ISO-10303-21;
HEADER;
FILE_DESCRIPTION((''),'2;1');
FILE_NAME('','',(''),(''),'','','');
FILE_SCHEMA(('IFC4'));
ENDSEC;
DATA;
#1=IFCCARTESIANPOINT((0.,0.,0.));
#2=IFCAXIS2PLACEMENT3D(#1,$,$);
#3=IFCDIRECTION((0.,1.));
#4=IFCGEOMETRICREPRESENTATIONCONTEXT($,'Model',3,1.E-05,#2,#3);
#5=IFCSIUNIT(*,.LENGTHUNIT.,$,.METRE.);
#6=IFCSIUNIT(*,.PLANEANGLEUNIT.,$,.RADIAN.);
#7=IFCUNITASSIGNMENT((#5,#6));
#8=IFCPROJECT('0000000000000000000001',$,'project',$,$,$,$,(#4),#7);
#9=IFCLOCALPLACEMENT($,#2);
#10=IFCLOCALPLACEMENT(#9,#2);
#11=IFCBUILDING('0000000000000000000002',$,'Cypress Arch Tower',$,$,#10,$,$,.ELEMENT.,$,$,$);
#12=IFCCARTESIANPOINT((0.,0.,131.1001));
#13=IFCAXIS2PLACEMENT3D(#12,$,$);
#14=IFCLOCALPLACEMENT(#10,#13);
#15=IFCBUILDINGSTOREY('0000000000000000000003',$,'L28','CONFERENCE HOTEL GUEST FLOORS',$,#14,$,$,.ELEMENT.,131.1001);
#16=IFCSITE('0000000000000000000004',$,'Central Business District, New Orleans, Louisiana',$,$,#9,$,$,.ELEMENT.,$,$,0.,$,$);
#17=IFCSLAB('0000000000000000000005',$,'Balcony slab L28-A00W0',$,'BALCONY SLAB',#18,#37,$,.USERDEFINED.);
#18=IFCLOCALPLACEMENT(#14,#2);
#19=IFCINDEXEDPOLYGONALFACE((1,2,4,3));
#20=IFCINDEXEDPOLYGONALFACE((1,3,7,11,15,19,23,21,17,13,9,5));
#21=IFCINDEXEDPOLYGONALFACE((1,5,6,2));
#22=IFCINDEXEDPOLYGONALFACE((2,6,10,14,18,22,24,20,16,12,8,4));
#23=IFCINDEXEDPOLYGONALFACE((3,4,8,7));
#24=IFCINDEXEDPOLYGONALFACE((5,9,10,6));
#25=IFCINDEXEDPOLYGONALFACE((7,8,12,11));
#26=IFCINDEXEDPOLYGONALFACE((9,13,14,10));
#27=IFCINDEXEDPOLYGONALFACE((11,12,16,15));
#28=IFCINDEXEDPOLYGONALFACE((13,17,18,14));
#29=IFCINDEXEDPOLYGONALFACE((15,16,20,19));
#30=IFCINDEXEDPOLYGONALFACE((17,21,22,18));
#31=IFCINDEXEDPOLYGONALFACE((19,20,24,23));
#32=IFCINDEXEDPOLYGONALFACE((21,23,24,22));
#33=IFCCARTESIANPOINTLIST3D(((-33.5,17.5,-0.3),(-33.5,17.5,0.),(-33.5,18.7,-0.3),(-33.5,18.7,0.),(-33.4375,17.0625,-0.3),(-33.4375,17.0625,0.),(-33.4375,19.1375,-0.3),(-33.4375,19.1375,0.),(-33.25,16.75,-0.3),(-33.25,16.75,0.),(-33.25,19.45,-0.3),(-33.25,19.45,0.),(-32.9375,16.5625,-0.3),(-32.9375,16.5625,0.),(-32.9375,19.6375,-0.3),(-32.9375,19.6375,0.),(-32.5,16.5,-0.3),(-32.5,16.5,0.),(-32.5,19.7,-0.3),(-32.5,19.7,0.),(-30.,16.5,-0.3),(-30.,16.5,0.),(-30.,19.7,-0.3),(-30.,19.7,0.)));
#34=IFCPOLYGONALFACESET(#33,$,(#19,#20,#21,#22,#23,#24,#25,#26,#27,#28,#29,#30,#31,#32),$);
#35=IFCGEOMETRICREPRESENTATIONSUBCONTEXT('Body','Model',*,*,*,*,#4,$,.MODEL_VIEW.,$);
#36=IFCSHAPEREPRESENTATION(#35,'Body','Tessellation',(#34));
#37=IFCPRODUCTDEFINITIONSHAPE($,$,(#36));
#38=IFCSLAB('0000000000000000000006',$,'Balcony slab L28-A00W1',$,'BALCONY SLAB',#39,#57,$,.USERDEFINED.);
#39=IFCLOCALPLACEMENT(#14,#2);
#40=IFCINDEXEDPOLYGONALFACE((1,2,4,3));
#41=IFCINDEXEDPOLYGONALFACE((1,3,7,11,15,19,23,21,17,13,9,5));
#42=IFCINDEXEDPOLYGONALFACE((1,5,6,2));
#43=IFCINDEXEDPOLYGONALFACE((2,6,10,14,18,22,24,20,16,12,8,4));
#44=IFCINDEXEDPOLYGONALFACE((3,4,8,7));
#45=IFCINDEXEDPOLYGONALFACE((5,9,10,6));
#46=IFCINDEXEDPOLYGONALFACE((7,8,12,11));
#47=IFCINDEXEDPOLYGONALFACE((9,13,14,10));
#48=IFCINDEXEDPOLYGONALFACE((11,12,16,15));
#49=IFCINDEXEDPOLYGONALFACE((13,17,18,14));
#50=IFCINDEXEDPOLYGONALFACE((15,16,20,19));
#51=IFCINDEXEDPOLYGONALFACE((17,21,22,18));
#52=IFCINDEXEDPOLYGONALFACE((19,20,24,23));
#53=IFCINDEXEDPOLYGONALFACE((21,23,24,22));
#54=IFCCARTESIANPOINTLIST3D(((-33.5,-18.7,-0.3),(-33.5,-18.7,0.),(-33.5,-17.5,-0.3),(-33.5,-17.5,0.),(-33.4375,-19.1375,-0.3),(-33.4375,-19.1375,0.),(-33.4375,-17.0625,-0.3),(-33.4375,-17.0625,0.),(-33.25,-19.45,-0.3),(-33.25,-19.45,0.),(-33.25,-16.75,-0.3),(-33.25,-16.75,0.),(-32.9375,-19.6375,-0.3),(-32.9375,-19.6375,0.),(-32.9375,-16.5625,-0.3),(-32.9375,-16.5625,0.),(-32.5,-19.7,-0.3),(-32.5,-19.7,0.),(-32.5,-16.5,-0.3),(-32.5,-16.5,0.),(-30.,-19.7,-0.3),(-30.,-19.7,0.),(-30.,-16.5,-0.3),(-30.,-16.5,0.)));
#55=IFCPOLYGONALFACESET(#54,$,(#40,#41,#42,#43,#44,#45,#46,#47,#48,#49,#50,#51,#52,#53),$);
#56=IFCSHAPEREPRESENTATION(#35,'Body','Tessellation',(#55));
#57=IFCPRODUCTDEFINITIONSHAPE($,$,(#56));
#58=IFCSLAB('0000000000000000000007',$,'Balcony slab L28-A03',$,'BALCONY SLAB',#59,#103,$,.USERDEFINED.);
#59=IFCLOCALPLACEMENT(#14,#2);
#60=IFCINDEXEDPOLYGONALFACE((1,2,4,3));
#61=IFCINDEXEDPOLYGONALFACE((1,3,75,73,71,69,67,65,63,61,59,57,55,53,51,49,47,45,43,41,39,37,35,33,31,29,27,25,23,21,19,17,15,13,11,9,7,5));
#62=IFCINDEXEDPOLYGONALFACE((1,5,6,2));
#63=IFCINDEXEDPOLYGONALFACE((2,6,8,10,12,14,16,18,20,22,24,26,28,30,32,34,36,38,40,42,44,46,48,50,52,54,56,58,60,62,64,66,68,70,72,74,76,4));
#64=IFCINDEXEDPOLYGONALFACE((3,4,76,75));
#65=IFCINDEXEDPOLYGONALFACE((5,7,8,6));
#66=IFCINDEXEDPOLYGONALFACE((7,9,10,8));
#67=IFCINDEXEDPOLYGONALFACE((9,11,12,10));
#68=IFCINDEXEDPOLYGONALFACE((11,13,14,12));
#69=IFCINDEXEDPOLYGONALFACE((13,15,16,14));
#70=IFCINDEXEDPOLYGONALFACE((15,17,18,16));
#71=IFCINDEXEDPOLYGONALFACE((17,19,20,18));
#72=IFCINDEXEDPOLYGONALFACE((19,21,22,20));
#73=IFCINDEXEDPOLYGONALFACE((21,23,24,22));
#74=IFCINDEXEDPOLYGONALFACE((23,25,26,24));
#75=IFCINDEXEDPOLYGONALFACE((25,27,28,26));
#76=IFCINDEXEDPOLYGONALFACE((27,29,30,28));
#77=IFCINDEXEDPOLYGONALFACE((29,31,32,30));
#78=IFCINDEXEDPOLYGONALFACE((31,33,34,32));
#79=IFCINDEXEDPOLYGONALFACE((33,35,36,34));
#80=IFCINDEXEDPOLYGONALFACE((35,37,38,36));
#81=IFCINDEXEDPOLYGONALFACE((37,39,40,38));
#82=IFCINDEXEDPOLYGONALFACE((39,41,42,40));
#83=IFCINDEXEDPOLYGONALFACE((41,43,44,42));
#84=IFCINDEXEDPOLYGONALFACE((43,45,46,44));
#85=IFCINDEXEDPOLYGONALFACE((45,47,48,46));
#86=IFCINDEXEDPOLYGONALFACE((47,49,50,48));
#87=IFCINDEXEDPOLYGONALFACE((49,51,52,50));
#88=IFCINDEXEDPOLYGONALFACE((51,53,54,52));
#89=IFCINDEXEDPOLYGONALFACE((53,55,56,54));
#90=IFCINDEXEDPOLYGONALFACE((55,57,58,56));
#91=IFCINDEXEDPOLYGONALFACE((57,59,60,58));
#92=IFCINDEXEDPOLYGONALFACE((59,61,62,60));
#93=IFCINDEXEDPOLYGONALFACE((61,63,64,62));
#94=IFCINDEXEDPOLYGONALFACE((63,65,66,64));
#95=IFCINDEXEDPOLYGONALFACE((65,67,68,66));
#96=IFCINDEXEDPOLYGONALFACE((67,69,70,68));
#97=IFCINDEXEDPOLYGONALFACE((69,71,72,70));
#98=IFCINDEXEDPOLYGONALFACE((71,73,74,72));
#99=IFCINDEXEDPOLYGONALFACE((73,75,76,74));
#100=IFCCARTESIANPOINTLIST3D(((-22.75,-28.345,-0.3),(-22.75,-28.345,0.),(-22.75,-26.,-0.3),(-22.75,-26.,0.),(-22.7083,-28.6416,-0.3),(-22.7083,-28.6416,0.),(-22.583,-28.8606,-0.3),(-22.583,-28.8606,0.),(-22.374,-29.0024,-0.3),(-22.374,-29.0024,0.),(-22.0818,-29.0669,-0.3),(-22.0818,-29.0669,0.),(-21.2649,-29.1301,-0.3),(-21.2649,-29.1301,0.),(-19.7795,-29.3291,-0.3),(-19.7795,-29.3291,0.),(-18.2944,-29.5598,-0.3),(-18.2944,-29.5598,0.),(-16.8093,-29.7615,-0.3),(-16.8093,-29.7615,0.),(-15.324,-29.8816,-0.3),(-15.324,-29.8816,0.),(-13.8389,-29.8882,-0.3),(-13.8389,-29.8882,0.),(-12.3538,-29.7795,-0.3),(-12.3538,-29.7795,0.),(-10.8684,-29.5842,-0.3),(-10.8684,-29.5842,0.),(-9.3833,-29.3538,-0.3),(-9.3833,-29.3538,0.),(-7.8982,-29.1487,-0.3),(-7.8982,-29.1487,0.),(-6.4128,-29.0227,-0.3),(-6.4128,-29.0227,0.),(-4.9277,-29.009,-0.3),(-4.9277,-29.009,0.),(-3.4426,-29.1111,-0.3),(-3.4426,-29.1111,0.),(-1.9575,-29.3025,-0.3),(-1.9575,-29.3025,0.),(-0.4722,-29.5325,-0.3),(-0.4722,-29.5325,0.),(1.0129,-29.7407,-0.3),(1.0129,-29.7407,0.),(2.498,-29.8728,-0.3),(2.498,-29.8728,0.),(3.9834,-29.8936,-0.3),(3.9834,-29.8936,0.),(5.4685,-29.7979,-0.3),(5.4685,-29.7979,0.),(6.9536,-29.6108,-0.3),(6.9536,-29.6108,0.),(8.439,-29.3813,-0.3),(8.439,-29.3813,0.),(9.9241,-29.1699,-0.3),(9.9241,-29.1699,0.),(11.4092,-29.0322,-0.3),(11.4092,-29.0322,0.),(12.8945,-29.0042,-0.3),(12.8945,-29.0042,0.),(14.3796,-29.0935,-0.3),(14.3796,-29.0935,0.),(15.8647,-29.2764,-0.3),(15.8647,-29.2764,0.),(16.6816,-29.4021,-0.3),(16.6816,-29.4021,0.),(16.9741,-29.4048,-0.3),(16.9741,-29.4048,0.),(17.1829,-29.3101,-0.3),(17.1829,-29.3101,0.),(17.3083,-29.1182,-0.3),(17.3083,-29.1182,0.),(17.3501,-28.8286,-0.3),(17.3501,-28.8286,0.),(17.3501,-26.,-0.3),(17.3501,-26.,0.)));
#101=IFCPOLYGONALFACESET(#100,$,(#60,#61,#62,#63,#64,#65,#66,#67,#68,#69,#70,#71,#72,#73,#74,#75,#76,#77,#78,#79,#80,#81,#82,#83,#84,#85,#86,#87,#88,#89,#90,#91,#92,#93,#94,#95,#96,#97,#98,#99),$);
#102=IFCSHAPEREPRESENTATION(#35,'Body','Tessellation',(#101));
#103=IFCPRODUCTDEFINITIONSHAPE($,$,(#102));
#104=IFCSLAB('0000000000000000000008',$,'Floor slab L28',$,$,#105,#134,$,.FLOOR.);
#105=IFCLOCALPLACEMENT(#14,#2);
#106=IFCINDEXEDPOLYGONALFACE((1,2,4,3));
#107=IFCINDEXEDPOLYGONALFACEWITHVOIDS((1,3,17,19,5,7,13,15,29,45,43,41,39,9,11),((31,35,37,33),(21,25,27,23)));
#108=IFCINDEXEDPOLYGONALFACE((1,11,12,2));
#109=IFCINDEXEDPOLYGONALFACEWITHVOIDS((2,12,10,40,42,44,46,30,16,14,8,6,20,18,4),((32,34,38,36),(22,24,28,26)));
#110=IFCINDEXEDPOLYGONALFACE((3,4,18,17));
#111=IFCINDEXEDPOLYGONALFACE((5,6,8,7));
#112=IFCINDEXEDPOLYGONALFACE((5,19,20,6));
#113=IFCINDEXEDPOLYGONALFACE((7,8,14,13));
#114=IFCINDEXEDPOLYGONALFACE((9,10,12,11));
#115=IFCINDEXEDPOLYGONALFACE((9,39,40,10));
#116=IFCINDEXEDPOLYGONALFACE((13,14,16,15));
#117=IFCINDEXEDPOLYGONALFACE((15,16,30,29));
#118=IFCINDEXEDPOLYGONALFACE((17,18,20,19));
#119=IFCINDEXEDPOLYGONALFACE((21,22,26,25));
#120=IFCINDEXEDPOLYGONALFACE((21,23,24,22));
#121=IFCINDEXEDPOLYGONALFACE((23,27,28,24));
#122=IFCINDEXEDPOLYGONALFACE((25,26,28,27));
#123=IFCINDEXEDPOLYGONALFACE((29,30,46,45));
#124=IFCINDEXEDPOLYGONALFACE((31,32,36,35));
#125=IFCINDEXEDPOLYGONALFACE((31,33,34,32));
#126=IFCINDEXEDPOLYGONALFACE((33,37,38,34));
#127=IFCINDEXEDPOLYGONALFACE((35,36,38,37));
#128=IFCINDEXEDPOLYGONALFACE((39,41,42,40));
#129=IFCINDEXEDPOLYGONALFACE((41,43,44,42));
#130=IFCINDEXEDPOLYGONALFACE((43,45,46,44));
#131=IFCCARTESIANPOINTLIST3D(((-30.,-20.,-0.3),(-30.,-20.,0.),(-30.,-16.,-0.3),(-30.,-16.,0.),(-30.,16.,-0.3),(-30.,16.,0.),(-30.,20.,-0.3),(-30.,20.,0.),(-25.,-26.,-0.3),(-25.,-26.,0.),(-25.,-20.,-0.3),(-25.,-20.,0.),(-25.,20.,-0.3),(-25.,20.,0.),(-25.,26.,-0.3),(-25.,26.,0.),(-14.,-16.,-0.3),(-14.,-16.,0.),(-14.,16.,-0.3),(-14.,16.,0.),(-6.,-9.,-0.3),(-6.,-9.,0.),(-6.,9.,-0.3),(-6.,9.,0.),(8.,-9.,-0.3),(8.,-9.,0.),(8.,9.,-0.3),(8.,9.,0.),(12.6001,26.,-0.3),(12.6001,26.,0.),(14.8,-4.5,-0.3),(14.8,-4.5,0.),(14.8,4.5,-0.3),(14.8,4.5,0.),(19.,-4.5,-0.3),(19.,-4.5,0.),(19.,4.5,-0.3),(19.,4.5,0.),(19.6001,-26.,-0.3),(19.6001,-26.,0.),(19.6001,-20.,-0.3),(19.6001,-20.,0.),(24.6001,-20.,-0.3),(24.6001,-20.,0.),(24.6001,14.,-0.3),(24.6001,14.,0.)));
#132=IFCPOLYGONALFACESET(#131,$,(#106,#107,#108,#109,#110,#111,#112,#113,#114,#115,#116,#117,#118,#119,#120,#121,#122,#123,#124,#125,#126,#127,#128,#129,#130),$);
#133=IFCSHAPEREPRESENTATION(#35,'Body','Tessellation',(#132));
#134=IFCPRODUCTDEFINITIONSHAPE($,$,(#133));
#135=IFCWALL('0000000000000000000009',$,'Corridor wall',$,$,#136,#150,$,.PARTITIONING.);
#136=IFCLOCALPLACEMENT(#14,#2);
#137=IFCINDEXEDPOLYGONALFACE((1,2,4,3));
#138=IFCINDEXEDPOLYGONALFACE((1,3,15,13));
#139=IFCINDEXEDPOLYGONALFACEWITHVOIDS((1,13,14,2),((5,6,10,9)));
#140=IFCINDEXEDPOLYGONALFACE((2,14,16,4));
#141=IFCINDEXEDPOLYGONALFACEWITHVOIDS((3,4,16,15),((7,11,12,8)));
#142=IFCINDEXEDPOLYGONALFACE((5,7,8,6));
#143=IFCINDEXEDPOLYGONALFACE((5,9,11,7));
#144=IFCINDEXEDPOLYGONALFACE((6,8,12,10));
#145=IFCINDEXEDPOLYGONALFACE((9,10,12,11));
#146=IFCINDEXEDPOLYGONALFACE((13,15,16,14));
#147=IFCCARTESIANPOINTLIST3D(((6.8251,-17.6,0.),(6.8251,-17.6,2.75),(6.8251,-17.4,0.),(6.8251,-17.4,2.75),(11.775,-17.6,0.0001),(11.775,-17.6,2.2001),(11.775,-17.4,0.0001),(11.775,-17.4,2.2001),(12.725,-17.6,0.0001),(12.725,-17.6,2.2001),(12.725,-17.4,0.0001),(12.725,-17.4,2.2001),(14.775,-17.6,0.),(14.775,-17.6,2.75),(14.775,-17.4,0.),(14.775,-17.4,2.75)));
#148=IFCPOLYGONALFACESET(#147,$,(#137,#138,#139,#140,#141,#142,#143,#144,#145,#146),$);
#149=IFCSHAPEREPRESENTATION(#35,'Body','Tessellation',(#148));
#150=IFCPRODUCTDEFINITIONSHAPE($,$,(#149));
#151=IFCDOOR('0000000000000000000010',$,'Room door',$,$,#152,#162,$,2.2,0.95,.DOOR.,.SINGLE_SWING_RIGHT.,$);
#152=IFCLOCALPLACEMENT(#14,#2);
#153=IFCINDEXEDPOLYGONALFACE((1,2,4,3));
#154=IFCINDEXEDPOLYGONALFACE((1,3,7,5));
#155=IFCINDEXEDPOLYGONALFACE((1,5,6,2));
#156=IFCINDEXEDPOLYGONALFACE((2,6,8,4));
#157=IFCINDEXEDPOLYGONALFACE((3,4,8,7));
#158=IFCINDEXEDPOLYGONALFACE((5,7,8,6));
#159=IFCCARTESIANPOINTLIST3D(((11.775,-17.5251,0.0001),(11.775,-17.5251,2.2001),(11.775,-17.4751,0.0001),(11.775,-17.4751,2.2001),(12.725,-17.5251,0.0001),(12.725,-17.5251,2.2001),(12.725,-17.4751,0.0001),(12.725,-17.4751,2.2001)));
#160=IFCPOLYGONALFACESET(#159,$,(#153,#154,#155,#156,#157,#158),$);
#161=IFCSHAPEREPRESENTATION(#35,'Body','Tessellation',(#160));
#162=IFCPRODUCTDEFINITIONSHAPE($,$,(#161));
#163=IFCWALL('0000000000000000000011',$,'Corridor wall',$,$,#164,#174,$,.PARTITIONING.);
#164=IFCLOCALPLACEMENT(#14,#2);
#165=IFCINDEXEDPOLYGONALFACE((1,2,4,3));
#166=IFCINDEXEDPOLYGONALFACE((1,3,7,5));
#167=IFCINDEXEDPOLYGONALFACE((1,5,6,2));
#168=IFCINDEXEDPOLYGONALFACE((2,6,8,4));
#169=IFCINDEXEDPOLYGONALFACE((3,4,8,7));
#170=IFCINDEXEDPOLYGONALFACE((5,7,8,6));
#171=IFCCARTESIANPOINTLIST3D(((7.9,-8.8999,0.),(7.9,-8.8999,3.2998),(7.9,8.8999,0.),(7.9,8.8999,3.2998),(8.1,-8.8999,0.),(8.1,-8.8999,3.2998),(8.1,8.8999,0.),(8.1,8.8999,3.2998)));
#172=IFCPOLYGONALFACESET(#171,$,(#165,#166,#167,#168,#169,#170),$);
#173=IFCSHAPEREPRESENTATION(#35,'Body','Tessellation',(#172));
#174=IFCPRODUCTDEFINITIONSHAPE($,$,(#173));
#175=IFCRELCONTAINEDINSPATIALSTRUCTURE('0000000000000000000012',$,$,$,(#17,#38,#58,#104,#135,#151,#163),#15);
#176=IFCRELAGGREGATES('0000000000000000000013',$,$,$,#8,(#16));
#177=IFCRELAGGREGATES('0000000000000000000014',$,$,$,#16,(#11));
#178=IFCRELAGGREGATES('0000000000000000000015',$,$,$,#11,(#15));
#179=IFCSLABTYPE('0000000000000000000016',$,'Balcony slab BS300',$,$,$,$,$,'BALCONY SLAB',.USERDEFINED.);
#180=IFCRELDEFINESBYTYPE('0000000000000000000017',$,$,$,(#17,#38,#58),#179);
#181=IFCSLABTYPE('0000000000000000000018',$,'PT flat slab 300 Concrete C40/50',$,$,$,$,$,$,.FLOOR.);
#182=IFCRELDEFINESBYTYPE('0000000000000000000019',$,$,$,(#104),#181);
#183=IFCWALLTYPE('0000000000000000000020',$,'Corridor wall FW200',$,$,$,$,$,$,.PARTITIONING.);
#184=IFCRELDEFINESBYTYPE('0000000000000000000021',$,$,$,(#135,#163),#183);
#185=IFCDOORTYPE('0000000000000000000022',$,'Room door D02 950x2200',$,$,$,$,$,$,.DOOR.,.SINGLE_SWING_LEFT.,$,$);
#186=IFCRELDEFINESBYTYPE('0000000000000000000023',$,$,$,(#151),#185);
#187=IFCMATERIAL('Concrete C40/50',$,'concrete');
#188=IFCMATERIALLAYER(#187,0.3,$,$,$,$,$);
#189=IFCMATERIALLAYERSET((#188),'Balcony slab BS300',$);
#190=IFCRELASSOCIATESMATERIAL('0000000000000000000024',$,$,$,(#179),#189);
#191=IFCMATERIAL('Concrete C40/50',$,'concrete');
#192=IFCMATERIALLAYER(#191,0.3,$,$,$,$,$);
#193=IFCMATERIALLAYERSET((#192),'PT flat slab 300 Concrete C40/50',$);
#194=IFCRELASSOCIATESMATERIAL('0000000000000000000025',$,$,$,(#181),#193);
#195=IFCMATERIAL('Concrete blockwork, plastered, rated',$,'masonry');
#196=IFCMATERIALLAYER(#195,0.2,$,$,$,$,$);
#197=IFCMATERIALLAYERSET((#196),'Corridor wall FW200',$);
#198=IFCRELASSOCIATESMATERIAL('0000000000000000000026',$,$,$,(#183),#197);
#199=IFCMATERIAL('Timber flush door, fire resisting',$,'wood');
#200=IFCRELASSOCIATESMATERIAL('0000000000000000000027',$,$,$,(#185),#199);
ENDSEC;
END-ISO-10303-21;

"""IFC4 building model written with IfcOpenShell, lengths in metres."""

from ifc_helpers import new_model, si_unit, direction, frame, frame_2d, origin, place, context, subcontext, project, spatial, polyline, rectangle, outline, extrude, material, layer, layer_set, type_object, element, fill, save


model = new_model("IFC4")

# Units and contexts
model_context = context("Model", 3, precision=1e-05, world=origin(), true_north=direction((0.0, 1.0)))
body_context = subcontext(model_context, "Body", "Model", "MODEL_VIEW")
ifc_project = project(units=[si_unit("LENGTHUNIT", "METRE"), si_unit("PLANEANGLEUNIT", "RADIAN")], contexts=[model_context])

# Site, building, storey
site_placement = place(None, origin())
site = spatial("IfcSite", under=ifc_project, at=site_placement, Name="Central Business District, New Orleans, Louisiana", CompositionType="ELEMENT", RefElevation=0.0)
building_placement = place(site_placement, origin())
building = spatial("IfcBuilding", under=site, at=building_placement, Name="Cypress Arch Tower", CompositionType="ELEMENT")
storey_placement = place(building_placement, frame((0.0, 0.0, 131.1001)))
storey = spatial("IfcBuildingStorey", under=building, at=storey_placement, Name="L28", Description="CONFERENCE HOTEL GUEST FLOORS", CompositionType="ELEMENT", Elevation=131.1001)

# Slabs
ifc_material_1 = material(Name="Concrete C40/50", Category="concrete")
ifc_layer_1 = layer(ifc_material_1, 0.3)
ifc_layer_set_1 = layer_set([ifc_layer_1], Name="Balcony slab BS300")
slab_type_1 = type_object("IfcSlabType", Name="Balcony slab BS300", ElementType="BALCONY SLAB", PredefinedType="USERDEFINED", material=ifc_layer_set_1)
slab_1_placement = place(storey_placement, frame((0.0, 0.0, -0.3)))
element("IfcSlab", 1, at=slab_1_placement, inside=storey, type_object=slab_type_1, Name="Balcony slab L28-A00W0", ObjectType="BALCONY SLAB", PredefinedType="USERDEFINED", context=body_context, shape_type="SweptSolid", body=[
    extrude(outline(polyline([(-30.0, 19.7), (-32.5, 19.7), (-32.9375, 19.6375), (-33.25, 19.45), (-33.4375, 19.1375), (-33.5, 18.7), (-33.5, 17.5), (-33.4375, 17.0625), (-33.25, 16.75), (-32.9375, 16.5625), (-32.5, 16.5), (-30.0, 16.5), (-30.0, 19.7)])), origin(), (0.0, 0.0, 1.0), 0.3),
])
slab_2_placement = place(storey_placement, frame((0.0, 0.0, -0.3)))
element("IfcSlab", 2, at=slab_2_placement, inside=storey, type_object=slab_type_1, Name="Balcony slab L28-A00W1", ObjectType="BALCONY SLAB", PredefinedType="USERDEFINED", context=body_context, shape_type="SweptSolid", body=[
    extrude(outline(polyline([(-30.0, -16.5), (-32.5, -16.5), (-32.9375, -16.5625), (-33.25, -16.75), (-33.4375, -17.0625), (-33.5, -17.5), (-33.5, -18.7), (-33.4375, -19.1375), (-33.25, -19.45), (-32.9375, -19.6375), (-32.5, -19.7), (-30.0, -19.7), (-30.0, -16.5)])), origin(), (0.0, 0.0, 1.0), 0.3),
])
slab_3_placement = place(storey_placement, frame((0.0, 0.0, -0.3)))
element("IfcSlab", 3, at=slab_3_placement, inside=storey, type_object=slab_type_1, Name="Balcony slab L28-A03", ObjectType="BALCONY SLAB", PredefinedType="USERDEFINED", context=body_context, shape_type="SweptSolid", body=[
    extrude(outline(polyline([(-22.75, -26.0), (-22.75, -28.345), (-22.7083, -28.6416), (-22.583, -28.8606), (-22.374, -29.0024), (-22.0818, -29.0669), (-21.2649, -29.1301), (-19.7795, -29.3291), (-18.2944, -29.5598), (-16.8093, -29.7615), (-15.324, -29.8816), (-13.8389, -29.8882), (-12.3538, -29.7795), (-10.8684, -29.5842), (-9.3833, -29.3538), (-7.8982, -29.1487), (-6.4128, -29.0227), (-4.9277, -29.009), (-3.4426, -29.1111), (-1.9575, -29.3025), (-0.4722, -29.5325), (1.0129, -29.7407), (2.498, -29.8728), (3.9834, -29.8936), (5.4685, -29.7979), (6.9536, -29.6108), (8.439, -29.3813), (9.9241, -29.1699), (11.4092, -29.0322), (12.8945, -29.0042), (14.3796, -29.0935), (15.8647, -29.2764), (16.6816, -29.4021), (16.9741, -29.4048), (17.1829, -29.3101), (17.3083, -29.1182), (17.3501, -28.8286), (17.3501, -26.0), (-22.75, -26.0)])), origin(), (0.0, 0.0, 1.0), 0.3),
])
ifc_material_2 = material(Name="Concrete C40/50", Category="concrete")
ifc_layer_2 = layer(ifc_material_2, 0.3)
ifc_layer_set_2 = layer_set([ifc_layer_2], Name="PT flat slab 300 Concrete C40/50")
slab_type_2 = type_object("IfcSlabType", Name="PT flat slab 300 Concrete C40/50", PredefinedType="FLOOR", material=ifc_layer_set_2)
slab_4_placement = place(storey_placement, frame((0.0, 0.0, -0.3)))
element("IfcSlab", 4, at=slab_4_placement, inside=storey, type_object=slab_type_2, Name="Floor slab L28", PredefinedType="FLOOR", context=body_context, shape_type="SweptSolid", body=[
    extrude(outline(polyline([(-30.0, 20.0), (-25.0, 20.0), (-25.0, 26.0), (12.6001, 26.0), (24.6001, 14.0), (24.6001, -20.0), (19.6001, -20.0), (19.6001, -26.0), (-25.0, -26.0), (-25.0, -20.0), (-30.0, -20.0), (-30.0, -16.0), (-14.0, -16.0), (-14.0, 16.0), (-30.0, 16.0), (-30.0, 20.0)]), holes=[polyline([(-6.0, -9.0), (8.0, -9.0), (8.0, 9.0), (-6.0, 9.0), (-6.0, -9.0)]), polyline([(14.8, -4.5), (19.0, -4.5), (19.0, 4.5), (14.8, 4.5), (14.8, -4.5)])]), origin(), (0.0, 0.0, 1.0), 0.3),
])

# Wall, opening, door
ifc_material_3 = material(Name="Concrete blockwork, plastered, rated", Category="masonry")
ifc_layer_3 = layer(ifc_material_3, 0.2)
ifc_layer_set_3 = layer_set([ifc_layer_3], Name="Corridor wall FW200")
wall_type_1 = type_object("IfcWallType", Name="Corridor wall FW200", PredefinedType="PARTITIONING", material=ifc_layer_set_3)
wall_1_placement = place(storey_placement, frame((6.825, -17.5, 0.0), z_axis=(0.0, 0.0, 1.0), x_axis=(1.0, 0.0, 0.0)))
wall_1 = element("IfcWall", 5, at=wall_1_placement, inside=storey, type_object=wall_type_1, Name="Corridor wall", PredefinedType="PARTITIONING", context=body_context, shape_type="SweptSolid", body=[
    extrude(rectangle(XDim=7.95, YDim=0.2, at=frame_2d((3.9751, 0.0))), origin(), (0.0, 0.0, 1.0), 2.75),
])
opening_1_placement = place(wall_1_placement, frame((4.95, 0.0, 0.0)))
opening_1 = element("IfcOpeningElement", 6, at=opening_1_placement, cuts=wall_1, PredefinedType="OPENING", context=body_context, shape_type="SweptSolid", body=[
    extrude(rectangle(XDim=0.95, YDim=2.2, at=frame_2d((0.4751, 1.1001))), frame((0.0, 0.1099, 0.0), z_axis=(0.0, -1.0, 0.0), x_axis=(1.0, 0.0, 0.0)), (0.0, 0.0, 1.0), 0.22),
])
ifc_material_4 = material(Name="Timber flush door, fire resisting", Category="wood")
door_type_1 = type_object("IfcDoorType", Name="Room door D02 950x2200", OperationType="SINGLE_SWING_LEFT", PredefinedType="DOOR", material=ifc_material_4)
door_1_placement = place(opening_1_placement, origin())
door_1 = element("IfcDoor", 7, at=door_1_placement, inside=storey, type_object=door_type_1, Name="Room door", OperationType="SINGLE_SWING_RIGHT", OverallHeight=2.2, OverallWidth=0.95, PredefinedType="DOOR", context=body_context, shape_type="SweptSolid", body=[
    extrude(rectangle(XDim=0.95, YDim=2.2, at=frame_2d((0.4751, 1.1001))), frame((0.0, 0.0249, 0.0), z_axis=(0.0, -1.0, 0.0), x_axis=(1.0, 0.0, 0.0)), (0.0, 0.0, 1.0), 0.05),
])
fill(opening_1, door_1)

# Wall
wall_2_placement = place(storey_placement, frame((8.0, -8.8999, 0.0), z_axis=(0.0, 0.0, 1.0), x_axis=(0.0, 1.0, 0.0)))
element("IfcWall", 8, at=wall_2_placement, inside=storey, type_object=wall_type_1, Name="Corridor wall", PredefinedType="PARTITIONING", context=body_context, shape_type="SweptSolid", body=[
    extrude(rectangle(XDim=17.7998, YDim=0.2, at=frame_2d((8.8999, 0.0))), origin(), (0.0, 0.0, 1.0), 3.2998),
])

save(model, "model.ifc")
